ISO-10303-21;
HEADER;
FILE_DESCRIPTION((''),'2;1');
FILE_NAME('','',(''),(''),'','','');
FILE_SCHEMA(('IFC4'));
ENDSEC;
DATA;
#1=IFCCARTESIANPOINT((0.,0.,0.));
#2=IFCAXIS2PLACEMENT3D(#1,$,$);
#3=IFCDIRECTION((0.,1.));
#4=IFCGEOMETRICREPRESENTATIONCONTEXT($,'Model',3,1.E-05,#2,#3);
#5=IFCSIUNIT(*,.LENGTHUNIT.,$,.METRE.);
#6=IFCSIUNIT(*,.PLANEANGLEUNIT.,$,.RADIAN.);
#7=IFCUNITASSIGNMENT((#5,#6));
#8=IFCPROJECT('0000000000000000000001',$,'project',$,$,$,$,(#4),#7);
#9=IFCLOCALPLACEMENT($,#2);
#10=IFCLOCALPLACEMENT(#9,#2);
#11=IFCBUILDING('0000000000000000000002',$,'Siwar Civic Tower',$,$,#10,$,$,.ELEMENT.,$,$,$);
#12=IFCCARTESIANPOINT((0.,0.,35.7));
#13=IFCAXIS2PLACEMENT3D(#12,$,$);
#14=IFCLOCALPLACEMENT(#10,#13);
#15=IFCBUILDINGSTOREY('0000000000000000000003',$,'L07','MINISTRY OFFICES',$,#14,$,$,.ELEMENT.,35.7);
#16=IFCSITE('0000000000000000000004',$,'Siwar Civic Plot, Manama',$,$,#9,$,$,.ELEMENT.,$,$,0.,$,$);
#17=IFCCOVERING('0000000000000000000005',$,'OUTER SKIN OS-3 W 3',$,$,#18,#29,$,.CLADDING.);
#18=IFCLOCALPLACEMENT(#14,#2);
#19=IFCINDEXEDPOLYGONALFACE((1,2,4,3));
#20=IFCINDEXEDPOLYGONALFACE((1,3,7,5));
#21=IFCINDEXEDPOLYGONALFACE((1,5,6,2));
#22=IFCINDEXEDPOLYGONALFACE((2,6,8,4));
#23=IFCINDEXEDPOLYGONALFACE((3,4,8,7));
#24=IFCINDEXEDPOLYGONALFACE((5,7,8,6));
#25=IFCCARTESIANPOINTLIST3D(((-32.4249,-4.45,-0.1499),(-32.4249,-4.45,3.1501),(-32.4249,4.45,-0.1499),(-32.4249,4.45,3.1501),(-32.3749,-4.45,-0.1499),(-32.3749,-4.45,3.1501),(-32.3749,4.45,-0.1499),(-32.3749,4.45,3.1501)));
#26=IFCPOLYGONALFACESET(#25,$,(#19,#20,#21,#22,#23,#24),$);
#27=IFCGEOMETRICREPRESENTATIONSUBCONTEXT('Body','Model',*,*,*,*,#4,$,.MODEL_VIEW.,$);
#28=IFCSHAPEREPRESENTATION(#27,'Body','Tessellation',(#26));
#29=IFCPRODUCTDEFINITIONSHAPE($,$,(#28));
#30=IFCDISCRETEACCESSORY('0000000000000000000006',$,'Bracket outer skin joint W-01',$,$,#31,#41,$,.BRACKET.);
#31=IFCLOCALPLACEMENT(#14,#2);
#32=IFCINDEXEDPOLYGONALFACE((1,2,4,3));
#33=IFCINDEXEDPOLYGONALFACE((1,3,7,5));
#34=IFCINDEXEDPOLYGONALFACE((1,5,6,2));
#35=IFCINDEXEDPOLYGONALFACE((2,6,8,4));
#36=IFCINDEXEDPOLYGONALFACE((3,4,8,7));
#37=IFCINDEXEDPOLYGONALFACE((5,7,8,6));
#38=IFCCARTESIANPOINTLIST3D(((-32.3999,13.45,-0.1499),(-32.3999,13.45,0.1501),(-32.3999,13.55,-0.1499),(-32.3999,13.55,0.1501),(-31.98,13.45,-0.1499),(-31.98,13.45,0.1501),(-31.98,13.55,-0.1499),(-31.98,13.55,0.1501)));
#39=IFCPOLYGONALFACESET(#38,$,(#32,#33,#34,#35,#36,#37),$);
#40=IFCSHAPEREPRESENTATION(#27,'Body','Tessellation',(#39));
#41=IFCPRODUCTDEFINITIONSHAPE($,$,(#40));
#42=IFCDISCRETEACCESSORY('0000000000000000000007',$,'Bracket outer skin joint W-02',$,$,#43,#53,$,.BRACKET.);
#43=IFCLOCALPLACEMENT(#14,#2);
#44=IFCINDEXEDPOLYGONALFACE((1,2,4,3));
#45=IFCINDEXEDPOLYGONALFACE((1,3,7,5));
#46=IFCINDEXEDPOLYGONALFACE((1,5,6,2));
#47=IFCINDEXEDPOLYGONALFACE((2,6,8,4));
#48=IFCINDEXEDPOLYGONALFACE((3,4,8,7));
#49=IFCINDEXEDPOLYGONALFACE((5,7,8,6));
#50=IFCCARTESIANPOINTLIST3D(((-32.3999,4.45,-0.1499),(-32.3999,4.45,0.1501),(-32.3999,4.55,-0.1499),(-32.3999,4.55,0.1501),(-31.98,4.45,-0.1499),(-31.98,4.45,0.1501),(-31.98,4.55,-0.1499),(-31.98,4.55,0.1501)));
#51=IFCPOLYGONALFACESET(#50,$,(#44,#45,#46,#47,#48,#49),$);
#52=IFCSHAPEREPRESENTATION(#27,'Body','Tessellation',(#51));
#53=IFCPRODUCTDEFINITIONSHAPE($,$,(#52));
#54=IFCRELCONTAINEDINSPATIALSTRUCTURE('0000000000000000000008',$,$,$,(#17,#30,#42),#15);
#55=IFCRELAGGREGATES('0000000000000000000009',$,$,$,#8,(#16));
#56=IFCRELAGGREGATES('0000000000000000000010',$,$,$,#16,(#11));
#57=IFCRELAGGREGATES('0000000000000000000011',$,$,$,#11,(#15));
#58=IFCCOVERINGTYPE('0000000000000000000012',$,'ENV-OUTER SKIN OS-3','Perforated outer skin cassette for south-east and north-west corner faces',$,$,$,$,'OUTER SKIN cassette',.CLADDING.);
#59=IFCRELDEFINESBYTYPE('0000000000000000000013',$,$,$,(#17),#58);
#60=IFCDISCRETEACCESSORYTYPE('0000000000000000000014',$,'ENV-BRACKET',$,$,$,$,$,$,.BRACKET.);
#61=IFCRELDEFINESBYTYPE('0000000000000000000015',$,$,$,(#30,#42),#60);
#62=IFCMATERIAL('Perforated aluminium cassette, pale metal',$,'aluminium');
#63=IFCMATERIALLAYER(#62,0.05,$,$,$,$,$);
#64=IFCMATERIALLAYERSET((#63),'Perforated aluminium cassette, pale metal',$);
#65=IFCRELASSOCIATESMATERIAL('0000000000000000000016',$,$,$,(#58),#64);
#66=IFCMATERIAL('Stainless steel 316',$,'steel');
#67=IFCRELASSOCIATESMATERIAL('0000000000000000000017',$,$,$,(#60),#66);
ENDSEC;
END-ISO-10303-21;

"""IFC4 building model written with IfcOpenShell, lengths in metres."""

from ifc_helpers import new_model, si_unit, direction, frame, origin, origin_2d, place, context, subcontext, project, spatial, rectangle, extrude, material, layer, layer_set, type_object, element, save


model = new_model("IFC4")

# Units and contexts
model_context = context("Model", 3, precision=1e-05, world=origin(), true_north=direction((0.0, 1.0)))
body_context = subcontext(model_context, "Body", "Model", "MODEL_VIEW")
ifc_project = project(units=[si_unit("LENGTHUNIT", "METRE"), si_unit("PLANEANGLEUNIT", "RADIAN")], contexts=[model_context])

# Site, building, storey
site_placement = place(None, origin())
site = spatial("IfcSite", under=ifc_project, at=site_placement, Name="Siwar Civic Plot, Manama", CompositionType="ELEMENT", RefElevation=0.0)
building_placement = place(site_placement, origin())
building = spatial("IfcBuilding", under=site, at=building_placement, Name="Siwar Civic Tower", CompositionType="ELEMENT")
storey_placement = place(building_placement, frame((0.0, 0.0, 35.7)))
storey = spatial("IfcBuildingStorey", under=building, at=storey_placement, Name="L07", Description="MINISTRY OFFICES", CompositionType="ELEMENT", Elevation=35.7)

# Covering
ifc_material_1 = material(Name="Perforated aluminium cassette, pale metal", Category="aluminium")
ifc_layer_1 = layer(ifc_material_1, 0.05)
ifc_layer_set_1 = layer_set([ifc_layer_1], Name="Perforated aluminium cassette, pale metal")
covering_type = type_object("IfcCoveringType", Name="ENV-OUTER SKIN OS-3", Description="Perforated outer skin cassette for south-east and north-west corner faces", ElementType="OUTER SKIN cassette", PredefinedType="CLADDING", material=ifc_layer_set_1)
for number, where, z_axis, x_axis, name in (
    (1, (-32.3999, 0.0, -0.1499), (0.0, 0.0, 1.0), (0.0, -1.0, 0.0), "OUTER SKIN OS-3 W 3"),
):
    element("IfcCovering", number, at=place(storey_placement, frame(where, z_axis=z_axis, x_axis=x_axis)), inside=storey, type_object=covering_type, Name=name, PredefinedType="CLADDING", context=body_context, shape_type="SweptSolid", body=[
        extrude(rectangle(XDim=8.8999, YDim=0.05, at=origin_2d()), origin(), (0.0, 0.0, 1.0), 3.3),
    ])

# Discrete accessories
ifc_material_2 = material(Name="Stainless steel 316", Category="steel")
discrete_accessory_type = type_object("IfcDiscreteAccessoryType", Name="ENV-BRACKET", PredefinedType="BRACKET", material=ifc_material_2)
for number, where, z_axis, x_axis, name in (
    (2, (-32.1899, 13.5, -0.1499), (0.0, 0.0, 1.0), (-1.0, 0.0, 0.0), "Bracket outer skin joint W-01"),
    (3, (-32.1899, 4.5, -0.1499), (0.0, 0.0, 1.0), (-1.0, 0.0, 0.0), "Bracket outer skin joint W-02"),
):
    element("IfcDiscreteAccessory", number, at=place(storey_placement, frame(where, z_axis=z_axis, x_axis=x_axis)), inside=storey, type_object=discrete_accessory_type, Name=name, PredefinedType="BRACKET", context=body_context, shape_type="SweptSolid", body=[
        extrude(rectangle(XDim=0.4199, YDim=0.1001, at=origin_2d()), origin(), (0.0, 0.0, 1.0), 0.3),
    ])

save(model, "model.ifc")
